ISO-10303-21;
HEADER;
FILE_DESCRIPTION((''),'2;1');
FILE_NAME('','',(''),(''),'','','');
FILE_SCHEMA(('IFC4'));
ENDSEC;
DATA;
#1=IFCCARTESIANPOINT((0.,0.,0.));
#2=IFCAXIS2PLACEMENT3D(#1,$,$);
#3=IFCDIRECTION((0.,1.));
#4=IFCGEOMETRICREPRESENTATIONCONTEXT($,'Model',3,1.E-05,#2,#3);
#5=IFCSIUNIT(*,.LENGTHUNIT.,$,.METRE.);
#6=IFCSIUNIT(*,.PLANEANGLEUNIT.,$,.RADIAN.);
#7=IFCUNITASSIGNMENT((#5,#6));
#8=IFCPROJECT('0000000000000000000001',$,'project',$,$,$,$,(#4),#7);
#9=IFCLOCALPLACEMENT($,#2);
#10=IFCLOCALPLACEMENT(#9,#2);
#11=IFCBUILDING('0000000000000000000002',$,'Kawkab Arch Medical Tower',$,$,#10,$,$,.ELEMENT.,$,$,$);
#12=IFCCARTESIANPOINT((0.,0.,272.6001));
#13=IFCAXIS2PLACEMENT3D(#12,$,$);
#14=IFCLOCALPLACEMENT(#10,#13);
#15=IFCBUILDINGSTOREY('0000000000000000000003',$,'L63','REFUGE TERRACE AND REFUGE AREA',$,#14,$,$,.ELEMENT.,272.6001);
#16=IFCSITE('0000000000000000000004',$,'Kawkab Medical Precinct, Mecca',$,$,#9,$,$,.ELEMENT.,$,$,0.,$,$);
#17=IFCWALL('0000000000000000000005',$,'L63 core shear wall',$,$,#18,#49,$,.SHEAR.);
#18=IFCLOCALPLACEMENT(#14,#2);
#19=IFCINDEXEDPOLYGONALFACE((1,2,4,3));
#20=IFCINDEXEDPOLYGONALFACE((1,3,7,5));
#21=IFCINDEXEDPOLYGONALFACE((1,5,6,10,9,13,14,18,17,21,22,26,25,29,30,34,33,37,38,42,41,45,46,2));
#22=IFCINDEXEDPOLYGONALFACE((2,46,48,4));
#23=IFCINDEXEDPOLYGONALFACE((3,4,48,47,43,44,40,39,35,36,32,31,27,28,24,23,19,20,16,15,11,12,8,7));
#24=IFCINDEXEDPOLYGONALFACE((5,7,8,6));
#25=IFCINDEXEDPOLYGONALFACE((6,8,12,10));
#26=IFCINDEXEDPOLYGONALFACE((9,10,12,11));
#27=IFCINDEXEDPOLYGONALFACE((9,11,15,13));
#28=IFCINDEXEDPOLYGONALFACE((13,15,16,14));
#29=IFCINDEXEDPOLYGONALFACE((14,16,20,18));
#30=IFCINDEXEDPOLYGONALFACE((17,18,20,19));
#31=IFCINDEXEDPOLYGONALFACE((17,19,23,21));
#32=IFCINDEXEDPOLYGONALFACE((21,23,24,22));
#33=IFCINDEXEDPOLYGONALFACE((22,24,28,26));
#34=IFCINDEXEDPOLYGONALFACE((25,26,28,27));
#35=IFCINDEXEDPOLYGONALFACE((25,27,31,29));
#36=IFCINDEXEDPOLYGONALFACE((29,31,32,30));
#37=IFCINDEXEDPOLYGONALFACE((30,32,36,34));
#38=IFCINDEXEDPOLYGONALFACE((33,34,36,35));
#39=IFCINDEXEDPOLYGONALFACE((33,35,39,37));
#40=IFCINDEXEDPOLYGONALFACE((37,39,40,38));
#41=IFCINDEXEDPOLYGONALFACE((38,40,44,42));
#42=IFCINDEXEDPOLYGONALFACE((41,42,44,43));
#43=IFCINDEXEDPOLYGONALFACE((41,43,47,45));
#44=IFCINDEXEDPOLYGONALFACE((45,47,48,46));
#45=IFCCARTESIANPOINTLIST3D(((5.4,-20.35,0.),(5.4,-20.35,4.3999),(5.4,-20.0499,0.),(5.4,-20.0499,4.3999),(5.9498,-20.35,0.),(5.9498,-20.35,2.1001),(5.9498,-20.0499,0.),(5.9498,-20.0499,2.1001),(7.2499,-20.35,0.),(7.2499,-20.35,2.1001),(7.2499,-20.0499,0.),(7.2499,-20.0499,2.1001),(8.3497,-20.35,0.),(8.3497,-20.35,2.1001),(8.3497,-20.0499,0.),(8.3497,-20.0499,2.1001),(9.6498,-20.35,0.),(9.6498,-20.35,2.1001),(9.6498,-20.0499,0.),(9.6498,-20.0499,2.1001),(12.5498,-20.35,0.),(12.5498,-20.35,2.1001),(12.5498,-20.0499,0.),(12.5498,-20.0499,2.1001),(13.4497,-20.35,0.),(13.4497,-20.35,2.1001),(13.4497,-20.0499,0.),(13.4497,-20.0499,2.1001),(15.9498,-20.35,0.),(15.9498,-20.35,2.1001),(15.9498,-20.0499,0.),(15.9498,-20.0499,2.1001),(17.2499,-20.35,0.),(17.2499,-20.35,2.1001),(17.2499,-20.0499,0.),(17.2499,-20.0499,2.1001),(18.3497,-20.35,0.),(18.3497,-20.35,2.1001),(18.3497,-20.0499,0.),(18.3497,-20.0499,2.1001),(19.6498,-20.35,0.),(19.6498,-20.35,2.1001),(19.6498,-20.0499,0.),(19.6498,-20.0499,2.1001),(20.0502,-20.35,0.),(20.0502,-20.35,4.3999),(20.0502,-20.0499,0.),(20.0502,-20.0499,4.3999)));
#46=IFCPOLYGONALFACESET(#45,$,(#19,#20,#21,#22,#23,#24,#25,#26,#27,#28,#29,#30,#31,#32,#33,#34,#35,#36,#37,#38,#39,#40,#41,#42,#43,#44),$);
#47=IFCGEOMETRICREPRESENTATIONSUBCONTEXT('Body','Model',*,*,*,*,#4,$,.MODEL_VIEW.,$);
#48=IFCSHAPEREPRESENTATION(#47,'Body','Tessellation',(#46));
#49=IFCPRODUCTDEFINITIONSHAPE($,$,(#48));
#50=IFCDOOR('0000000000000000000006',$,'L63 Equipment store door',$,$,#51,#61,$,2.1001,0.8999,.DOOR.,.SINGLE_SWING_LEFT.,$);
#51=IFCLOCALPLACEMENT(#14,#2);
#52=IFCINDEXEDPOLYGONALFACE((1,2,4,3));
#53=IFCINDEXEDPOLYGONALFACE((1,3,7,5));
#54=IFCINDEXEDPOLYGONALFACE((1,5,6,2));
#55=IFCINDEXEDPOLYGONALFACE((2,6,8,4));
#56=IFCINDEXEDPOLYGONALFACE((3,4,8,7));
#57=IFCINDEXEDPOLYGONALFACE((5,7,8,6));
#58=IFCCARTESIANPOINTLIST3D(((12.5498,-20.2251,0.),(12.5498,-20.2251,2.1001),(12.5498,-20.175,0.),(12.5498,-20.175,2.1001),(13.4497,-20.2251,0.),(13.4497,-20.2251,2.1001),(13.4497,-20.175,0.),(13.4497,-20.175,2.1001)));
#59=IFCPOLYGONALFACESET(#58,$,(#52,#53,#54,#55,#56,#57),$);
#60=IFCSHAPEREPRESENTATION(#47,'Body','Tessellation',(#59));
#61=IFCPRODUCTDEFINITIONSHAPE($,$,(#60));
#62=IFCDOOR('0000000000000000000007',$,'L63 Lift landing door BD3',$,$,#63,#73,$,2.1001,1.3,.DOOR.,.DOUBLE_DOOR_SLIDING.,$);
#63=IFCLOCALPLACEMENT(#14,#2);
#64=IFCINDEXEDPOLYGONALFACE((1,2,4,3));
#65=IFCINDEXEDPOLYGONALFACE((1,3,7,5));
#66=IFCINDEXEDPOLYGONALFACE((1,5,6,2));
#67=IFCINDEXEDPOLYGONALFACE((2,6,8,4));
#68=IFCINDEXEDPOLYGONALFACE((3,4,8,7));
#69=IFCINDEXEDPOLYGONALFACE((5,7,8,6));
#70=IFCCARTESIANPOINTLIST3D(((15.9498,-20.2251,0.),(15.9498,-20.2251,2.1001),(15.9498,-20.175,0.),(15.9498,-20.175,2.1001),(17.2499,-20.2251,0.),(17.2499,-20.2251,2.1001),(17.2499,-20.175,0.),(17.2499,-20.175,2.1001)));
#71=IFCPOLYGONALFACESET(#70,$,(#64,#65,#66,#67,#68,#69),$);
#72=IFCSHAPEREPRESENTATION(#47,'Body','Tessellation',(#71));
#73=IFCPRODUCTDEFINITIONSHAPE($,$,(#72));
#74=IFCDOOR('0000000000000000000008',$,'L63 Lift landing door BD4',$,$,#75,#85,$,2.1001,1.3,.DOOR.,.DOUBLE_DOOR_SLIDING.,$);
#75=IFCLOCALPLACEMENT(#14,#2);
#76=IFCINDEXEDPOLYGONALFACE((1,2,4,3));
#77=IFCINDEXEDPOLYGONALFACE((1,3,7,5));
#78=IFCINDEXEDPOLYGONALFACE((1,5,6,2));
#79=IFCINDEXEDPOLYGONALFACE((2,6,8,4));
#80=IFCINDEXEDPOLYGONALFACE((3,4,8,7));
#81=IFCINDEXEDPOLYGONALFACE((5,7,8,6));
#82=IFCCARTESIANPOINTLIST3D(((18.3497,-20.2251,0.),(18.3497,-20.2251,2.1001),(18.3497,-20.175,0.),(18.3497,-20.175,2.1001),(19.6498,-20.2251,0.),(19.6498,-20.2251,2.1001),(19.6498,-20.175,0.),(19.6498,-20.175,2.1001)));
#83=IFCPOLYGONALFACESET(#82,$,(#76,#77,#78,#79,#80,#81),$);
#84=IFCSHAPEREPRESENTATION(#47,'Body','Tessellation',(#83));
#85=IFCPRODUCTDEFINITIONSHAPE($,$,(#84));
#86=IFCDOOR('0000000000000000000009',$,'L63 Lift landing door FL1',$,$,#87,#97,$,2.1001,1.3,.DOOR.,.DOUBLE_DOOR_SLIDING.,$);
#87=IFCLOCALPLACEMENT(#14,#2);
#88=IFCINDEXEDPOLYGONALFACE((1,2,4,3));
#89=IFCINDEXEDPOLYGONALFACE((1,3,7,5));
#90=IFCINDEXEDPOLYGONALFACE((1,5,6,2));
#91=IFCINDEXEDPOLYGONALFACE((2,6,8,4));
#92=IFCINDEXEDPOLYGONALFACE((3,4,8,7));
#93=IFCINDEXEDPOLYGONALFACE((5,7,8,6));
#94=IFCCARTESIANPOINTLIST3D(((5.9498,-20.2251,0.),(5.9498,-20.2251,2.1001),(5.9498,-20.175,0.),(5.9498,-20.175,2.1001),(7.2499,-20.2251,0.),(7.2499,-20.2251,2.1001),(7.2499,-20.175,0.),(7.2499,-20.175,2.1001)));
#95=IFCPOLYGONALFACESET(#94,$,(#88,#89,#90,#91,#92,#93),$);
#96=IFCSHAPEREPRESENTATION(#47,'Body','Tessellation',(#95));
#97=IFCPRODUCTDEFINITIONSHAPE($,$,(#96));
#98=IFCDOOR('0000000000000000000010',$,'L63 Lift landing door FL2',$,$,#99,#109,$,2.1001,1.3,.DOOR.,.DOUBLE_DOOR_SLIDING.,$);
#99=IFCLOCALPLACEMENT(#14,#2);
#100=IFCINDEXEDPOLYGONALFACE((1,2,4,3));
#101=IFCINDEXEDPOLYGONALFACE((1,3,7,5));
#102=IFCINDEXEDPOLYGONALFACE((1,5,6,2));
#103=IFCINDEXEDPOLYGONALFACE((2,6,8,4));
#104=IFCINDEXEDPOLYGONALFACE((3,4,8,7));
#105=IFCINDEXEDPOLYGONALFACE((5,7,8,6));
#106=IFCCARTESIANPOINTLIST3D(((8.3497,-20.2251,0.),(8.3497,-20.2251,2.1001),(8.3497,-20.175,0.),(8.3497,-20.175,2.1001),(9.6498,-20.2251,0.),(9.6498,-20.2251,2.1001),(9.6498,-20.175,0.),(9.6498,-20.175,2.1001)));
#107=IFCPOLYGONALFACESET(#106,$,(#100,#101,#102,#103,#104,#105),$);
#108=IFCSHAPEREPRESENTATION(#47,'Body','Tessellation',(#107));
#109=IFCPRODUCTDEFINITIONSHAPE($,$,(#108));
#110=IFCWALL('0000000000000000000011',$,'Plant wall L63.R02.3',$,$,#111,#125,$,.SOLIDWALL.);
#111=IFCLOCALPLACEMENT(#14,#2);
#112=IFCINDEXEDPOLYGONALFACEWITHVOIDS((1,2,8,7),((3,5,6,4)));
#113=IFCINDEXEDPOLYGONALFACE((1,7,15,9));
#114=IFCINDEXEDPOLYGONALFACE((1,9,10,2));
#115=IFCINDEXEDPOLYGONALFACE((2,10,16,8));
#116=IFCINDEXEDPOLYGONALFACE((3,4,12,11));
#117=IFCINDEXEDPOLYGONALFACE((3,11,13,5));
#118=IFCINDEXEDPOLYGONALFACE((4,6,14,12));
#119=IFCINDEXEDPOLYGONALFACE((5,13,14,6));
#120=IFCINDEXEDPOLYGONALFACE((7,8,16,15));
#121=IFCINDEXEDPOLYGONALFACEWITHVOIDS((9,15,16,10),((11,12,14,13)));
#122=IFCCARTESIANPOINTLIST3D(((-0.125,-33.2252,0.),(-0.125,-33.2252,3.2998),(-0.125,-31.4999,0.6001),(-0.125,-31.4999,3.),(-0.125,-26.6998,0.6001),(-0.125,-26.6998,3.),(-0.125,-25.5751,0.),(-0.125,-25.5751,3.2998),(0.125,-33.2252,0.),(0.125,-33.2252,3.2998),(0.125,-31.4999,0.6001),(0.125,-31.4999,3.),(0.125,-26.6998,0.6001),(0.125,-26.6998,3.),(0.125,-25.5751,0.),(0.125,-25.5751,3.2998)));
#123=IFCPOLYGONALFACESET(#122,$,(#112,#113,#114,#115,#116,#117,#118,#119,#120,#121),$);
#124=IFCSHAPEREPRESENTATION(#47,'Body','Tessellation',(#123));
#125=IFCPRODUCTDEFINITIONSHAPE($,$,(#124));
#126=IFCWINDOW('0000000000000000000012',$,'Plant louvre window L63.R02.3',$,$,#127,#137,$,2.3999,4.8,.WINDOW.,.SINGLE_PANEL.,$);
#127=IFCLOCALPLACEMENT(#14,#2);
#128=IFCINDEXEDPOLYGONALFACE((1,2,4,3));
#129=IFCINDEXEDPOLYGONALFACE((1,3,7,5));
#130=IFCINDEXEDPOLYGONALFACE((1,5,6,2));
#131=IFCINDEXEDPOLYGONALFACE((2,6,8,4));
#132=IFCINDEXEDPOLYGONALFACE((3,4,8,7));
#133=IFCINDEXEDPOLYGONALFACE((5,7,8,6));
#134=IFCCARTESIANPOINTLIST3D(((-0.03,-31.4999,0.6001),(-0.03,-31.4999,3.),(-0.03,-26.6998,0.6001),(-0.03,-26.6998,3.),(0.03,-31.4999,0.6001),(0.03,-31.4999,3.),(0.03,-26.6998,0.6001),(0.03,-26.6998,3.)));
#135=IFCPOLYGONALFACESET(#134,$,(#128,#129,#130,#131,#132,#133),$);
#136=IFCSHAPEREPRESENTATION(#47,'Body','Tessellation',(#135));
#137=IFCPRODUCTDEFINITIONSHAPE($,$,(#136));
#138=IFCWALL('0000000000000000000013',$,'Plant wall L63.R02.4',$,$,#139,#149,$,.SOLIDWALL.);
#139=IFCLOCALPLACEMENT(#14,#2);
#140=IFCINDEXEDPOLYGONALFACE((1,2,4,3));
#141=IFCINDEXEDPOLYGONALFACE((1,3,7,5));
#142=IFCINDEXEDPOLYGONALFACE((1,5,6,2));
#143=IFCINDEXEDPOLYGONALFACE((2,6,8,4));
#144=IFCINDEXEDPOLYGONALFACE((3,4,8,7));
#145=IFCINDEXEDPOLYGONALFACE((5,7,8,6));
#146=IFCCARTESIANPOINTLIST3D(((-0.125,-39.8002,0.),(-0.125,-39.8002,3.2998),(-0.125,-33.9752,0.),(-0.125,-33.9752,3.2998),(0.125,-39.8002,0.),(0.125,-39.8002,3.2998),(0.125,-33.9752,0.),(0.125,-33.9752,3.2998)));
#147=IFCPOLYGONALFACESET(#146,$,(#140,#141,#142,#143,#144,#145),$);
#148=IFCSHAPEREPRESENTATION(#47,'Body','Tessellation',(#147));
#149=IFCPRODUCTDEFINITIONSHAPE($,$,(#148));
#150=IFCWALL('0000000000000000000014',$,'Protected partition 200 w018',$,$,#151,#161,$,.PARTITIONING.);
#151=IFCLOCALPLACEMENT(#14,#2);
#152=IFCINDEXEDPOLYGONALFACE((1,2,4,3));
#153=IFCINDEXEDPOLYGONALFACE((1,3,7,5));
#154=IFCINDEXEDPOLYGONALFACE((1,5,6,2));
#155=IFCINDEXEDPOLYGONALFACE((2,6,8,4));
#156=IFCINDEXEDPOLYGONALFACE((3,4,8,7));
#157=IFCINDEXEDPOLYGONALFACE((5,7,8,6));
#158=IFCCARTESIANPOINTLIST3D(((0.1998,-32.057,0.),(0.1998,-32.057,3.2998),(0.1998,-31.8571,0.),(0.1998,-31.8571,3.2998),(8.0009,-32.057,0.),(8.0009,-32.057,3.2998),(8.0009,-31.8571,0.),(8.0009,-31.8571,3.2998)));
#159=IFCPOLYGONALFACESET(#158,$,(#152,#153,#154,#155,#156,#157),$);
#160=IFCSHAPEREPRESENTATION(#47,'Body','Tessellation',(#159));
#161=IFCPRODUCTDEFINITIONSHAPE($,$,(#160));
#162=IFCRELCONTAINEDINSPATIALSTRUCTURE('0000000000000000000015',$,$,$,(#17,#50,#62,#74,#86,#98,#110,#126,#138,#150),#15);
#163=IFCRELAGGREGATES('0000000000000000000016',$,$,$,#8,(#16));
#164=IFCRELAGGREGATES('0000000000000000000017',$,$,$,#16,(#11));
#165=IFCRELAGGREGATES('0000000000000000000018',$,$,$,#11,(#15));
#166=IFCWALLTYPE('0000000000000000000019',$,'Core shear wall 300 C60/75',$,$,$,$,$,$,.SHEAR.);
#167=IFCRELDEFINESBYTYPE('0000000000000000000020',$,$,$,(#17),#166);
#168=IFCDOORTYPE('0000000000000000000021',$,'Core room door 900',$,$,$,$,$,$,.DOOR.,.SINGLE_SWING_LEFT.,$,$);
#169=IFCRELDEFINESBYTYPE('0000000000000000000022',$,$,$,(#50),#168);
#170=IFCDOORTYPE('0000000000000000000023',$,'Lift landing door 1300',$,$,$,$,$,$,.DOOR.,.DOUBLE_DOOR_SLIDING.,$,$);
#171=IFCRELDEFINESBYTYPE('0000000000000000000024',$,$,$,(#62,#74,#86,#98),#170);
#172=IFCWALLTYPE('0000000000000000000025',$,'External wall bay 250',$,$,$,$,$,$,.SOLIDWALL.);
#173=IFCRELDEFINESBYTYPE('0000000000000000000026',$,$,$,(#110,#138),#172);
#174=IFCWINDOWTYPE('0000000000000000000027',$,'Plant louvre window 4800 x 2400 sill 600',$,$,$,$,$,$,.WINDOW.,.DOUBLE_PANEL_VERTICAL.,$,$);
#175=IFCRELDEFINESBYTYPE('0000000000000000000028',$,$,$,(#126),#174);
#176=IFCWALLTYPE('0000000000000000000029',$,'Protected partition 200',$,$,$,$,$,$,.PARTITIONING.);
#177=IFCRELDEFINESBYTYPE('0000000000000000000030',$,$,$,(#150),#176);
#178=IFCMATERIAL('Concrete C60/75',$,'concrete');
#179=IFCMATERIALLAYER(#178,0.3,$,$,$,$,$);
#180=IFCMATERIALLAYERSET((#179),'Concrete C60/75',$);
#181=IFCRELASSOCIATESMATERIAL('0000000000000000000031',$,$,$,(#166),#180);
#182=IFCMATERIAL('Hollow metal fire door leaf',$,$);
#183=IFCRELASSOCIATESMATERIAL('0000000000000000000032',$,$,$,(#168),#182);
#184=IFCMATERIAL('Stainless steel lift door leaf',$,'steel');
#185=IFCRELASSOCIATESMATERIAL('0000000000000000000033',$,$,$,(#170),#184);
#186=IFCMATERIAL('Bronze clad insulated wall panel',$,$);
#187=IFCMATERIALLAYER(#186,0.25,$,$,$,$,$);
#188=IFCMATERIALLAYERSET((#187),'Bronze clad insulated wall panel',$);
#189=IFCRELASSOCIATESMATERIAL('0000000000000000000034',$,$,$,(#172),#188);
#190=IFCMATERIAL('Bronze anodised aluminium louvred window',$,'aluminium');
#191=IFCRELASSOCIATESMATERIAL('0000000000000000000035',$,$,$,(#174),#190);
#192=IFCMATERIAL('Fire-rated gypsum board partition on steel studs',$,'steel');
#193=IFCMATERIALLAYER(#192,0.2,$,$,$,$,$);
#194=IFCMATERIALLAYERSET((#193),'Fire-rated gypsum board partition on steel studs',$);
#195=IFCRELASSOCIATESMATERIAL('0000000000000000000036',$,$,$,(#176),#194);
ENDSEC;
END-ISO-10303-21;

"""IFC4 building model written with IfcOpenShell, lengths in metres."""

from ifc_helpers import new_model, si_unit, direction, frame, frame_2d, origin, place, context, subcontext, project, spatial, rectangle, extrude, material, layer, layer_set, type_object, element, fill, save


model = new_model("IFC4")

# Units and contexts
model_context = context("Model", 3, precision=1e-05, world=origin(), true_north=direction((0.0, 1.0)))
body_context = subcontext(model_context, "Body", "Model", "MODEL_VIEW")
ifc_project = project(units=[si_unit("LENGTHUNIT", "METRE"), si_unit("PLANEANGLEUNIT", "RADIAN")], contexts=[model_context])

# Site, building, storey
site_placement = place(None, origin())
site = spatial("IfcSite", under=ifc_project, at=site_placement, Name="Kawkab Medical Precinct, Mecca", CompositionType="ELEMENT", RefElevation=0.0)
building_placement = place(site_placement, origin())
building = spatial("IfcBuilding", under=site, at=building_placement, Name="Kawkab Arch Medical Tower", CompositionType="ELEMENT")
storey_placement = place(building_placement, frame((0.0, 0.0, 272.6001)))
storey = spatial("IfcBuildingStorey", under=building, at=storey_placement, Name="L63", Description="REFUGE TERRACE AND REFUGE AREA", CompositionType="ELEMENT", Elevation=272.6001)

# Wall, openings, doors
ifc_material_1 = material(Name="Concrete C60/75", Category="concrete")
ifc_layer_1 = layer(ifc_material_1, 0.3)
ifc_layer_set_1 = layer_set([ifc_layer_1], Name="Concrete C60/75")
wall_type_1 = type_object("IfcWallType", Name="Core shear wall 300 C60/75", PredefinedType="SHEAR", material=ifc_layer_set_1)
wall_1_placement = place(storey_placement, frame((5.3999, -20.2, 0.0), z_axis=(0.0, 0.0, 1.0), x_axis=(1.0, 0.0, 0.0)))
wall_1 = element("IfcWall", 1, at=wall_1_placement, inside=storey, type_object=wall_type_1, Name="L63 core shear wall", PredefinedType="SHEAR", context=body_context, shape_type="SweptSolid", body=[
    extrude(rectangle(XDim=14.6501, YDim=0.3, at=frame_2d((7.3252, 0.0))), origin(), (0.0, 0.0, 1.0), 4.3999),
])
opening_1_placement = place(wall_1_placement, frame((10.55, 0.0, 0.0)))
opening_1 = element("IfcOpeningElement", 2, at=opening_1_placement, cuts=wall_1, PredefinedType="OPENING", context=body_context, shape_type="SweptSolid", body=[
    extrude(rectangle(XDim=1.3, YDim=2.1001, at=frame_2d((0.6499, 1.05))), frame((0.0, 0.1599, 0.0), z_axis=(0.0, -1.0, 0.0), x_axis=(1.0, 0.0, 0.0)), (0.0, 0.0, 1.0), 0.3201),
])
opening_2_placement = place(wall_1_placement, frame((12.95, 0.0, 0.0)))
opening_2 = element("IfcOpeningElement", 3, at=opening_2_placement, cuts=wall_1, PredefinedType="OPENING", context=body_context, shape_type="SweptSolid", body=[
    extrude(rectangle(XDim=1.3, YDim=2.1001, at=frame_2d((0.6499, 1.05))), frame((0.0, 0.1599, 0.0), z_axis=(0.0, -1.0, 0.0), x_axis=(1.0, 0.0, 0.0)), (0.0, 0.0, 1.0), 0.3201),
])
opening_3_placement = place(wall_1_placement, frame((0.55, 0.0, 0.0)))
opening_3 = element("IfcOpeningElement", 4, at=opening_3_placement, cuts=wall_1, PredefinedType="OPENING", context=body_context, shape_type="SweptSolid", body=[
    extrude(rectangle(XDim=1.3, YDim=2.1001, at=frame_2d((0.6499, 1.05))), frame((0.0, 0.1599, 0.0), z_axis=(0.0, -1.0, 0.0), x_axis=(1.0, 0.0, 0.0)), (0.0, 0.0, 1.0), 0.3201),
])
opening_4_placement = place(wall_1_placement, frame((2.95, 0.0, 0.0)))
opening_4 = element("IfcOpeningElement", 5, at=opening_4_placement, cuts=wall_1, PredefinedType="OPENING", context=body_context, shape_type="SweptSolid", body=[
    extrude(rectangle(XDim=1.3, YDim=2.1001, at=frame_2d((0.6499, 1.05))), frame((0.0, 0.1599, 0.0), z_axis=(0.0, -1.0, 0.0), x_axis=(1.0, 0.0, 0.0)), (0.0, 0.0, 1.0), 0.3201),
])
opening_5_placement = place(wall_1_placement, frame((7.1499, 0.0, 0.0)))
opening_5 = element("IfcOpeningElement", 6, at=opening_5_placement, cuts=wall_1, PredefinedType="OPENING", context=body_context, shape_type="SweptSolid", body=[
    extrude(rectangle(XDim=0.8999, YDim=2.1001, at=frame_2d((0.45, 1.05))), frame((0.0, 0.1599, 0.0), z_axis=(0.0, -1.0, 0.0), x_axis=(1.0, 0.0, 0.0)), (0.0, 0.0, 1.0), 0.3201),
])
ifc_material_2 = material(Name="Hollow metal fire door leaf")
door_type_1 = type_object("IfcDoorType", Name="Core room door 900", OperationType="SINGLE_SWING_LEFT", PredefinedType="DOOR", material=ifc_material_2)
door_1_placement = place(opening_5_placement, origin())
door_1 = element("IfcDoor", 7, at=door_1_placement, inside=storey, type_object=door_type_1, Name="L63 Equipment store door", OperationType="SINGLE_SWING_LEFT", OverallHeight=2.1001, OverallWidth=0.8999, PredefinedType="DOOR", context=body_context, shape_type="SweptSolid", body=[
    extrude(rectangle(XDim=0.8999, YDim=2.1001, at=frame_2d((0.45, 1.05))), frame((0.0, 0.0249, 0.0), z_axis=(0.0, -1.0, 0.0), x_axis=(1.0, 0.0, 0.0)), (0.0, 0.0, 1.0), 0.05),
])
fill(opening_5, door_1)
ifc_material_3 = material(Name="Stainless steel lift door leaf", Category="steel")
door_type_2 = type_object("IfcDoorType", Name="Lift landing door 1300", OperationType="DOUBLE_DOOR_SLIDING", PredefinedType="DOOR", material=ifc_material_3)
door_2_placement = place(opening_1_placement, origin())
door_2 = element("IfcDoor", 8, at=door_2_placement, inside=storey, type_object=door_type_2, Name="L63 Lift landing door BD3", OperationType="DOUBLE_DOOR_SLIDING", OverallHeight=2.1001, OverallWidth=1.3, PredefinedType="DOOR", context=body_context, shape_type="SweptSolid", body=[
    extrude(rectangle(XDim=1.3, YDim=2.1001, at=frame_2d((0.6499, 1.05))), frame((0.0, 0.0249, 0.0), z_axis=(0.0, -1.0, 0.0), x_axis=(1.0, 0.0, 0.0)), (0.0, 0.0, 1.0), 0.05),
])
fill(opening_1, door_2)
door_3_placement = place(opening_2_placement, origin())
door_3 = element("IfcDoor", 9, at=door_3_placement, inside=storey, type_object=door_type_2, Name="L63 Lift landing door BD4", OperationType="DOUBLE_DOOR_SLIDING", OverallHeight=2.1001, OverallWidth=1.3, PredefinedType="DOOR", context=body_context, shape_type="SweptSolid", body=[
    extrude(rectangle(XDim=1.3, YDim=2.1001, at=frame_2d((0.6499, 1.05))), frame((0.0, 0.0249, 0.0), z_axis=(0.0, -1.0, 0.0), x_axis=(1.0, 0.0, 0.0)), (0.0, 0.0, 1.0), 0.05),
])
fill(opening_2, door_3)
door_4_placement = place(opening_3_placement, origin())
door_4 = element("IfcDoor", 10, at=door_4_placement, inside=storey, type_object=door_type_2, Name="L63 Lift landing door FL1", OperationType="DOUBLE_DOOR_SLIDING", OverallHeight=2.1001, OverallWidth=1.3, PredefinedType="DOOR", context=body_context, shape_type="SweptSolid", body=[
    extrude(rectangle(XDim=1.3, YDim=2.1001, at=frame_2d((0.6499, 1.05))), frame((0.0, 0.0249, 0.0), z_axis=(0.0, -1.0, 0.0), x_axis=(1.0, 0.0, 0.0)), (0.0, 0.0, 1.0), 0.05),
])
fill(opening_3, door_4)
door_5_placement = place(opening_4_placement, origin())
door_5 = element("IfcDoor", 11, at=door_5_placement, inside=storey, type_object=door_type_2, Name="L63 Lift landing door FL2", OperationType="DOUBLE_DOOR_SLIDING", OverallHeight=2.1001, OverallWidth=1.3, PredefinedType="DOOR", context=body_context, shape_type="SweptSolid", body=[
    extrude(rectangle(XDim=1.3, YDim=2.1001, at=frame_2d((0.6499, 1.05))), frame((0.0, 0.0249, 0.0), z_axis=(0.0, -1.0, 0.0), x_axis=(1.0, 0.0, 0.0)), (0.0, 0.0, 1.0), 0.05),
])
fill(opening_4, door_5)

# Wall, opening, window
ifc_material_4 = material(Name="Bronze clad insulated wall panel")
ifc_layer_2 = layer(ifc_material_4, 0.25)
ifc_layer_set_2 = layer_set([ifc_layer_2], Name="Bronze clad insulated wall panel")
wall_type_2 = type_object("IfcWallType", Name="External wall bay 250", PredefinedType="SOLIDWALL", material=ifc_layer_set_2)
wall_2_placement = place(storey_placement, frame((0.0, -25.575, 0.0), z_axis=(0.0, 0.0, 1.0), x_axis=(0.0, -1.0, 0.0)))
wall_2 = element("IfcWall", 12, at=wall_2_placement, inside=storey, type_object=wall_type_2, Name="Plant wall L63.R02.3", PredefinedType="SOLIDWALL", context=body_context, shape_type="SweptSolid", body=[
    extrude(rectangle(XDim=7.6501, YDim=0.25, at=frame_2d((3.8252, 0.0))), origin(), (0.0, 0.0, 1.0), 3.2998),
])
opening_6_placement = place(wall_2_placement, frame((1.125, 0.0, 0.6001)))
opening_6 = element("IfcOpeningElement", 13, at=opening_6_placement, cuts=wall_2, PredefinedType="OPENING", context=body_context, shape_type="SweptSolid", body=[
    extrude(rectangle(XDim=4.8, YDim=2.3999, at=frame_2d((2.3999, 1.2))), frame((0.0, 0.135, 0.0), z_axis=(0.0, -1.0, 0.0), x_axis=(1.0, 0.0, 0.0)), (0.0, 0.0, 1.0), 0.27),
])
ifc_material_5 = material(Name="Bronze anodised aluminium louvred window", Category="aluminium")
window_type = type_object("IfcWindowType", Name="Plant louvre window 4800 x 2400 sill 600", PartitioningType="DOUBLE_PANEL_VERTICAL", PredefinedType="WINDOW", material=ifc_material_5)
window_placement = place(opening_6_placement, origin())
window = element("IfcWindow", 14, at=window_placement, inside=storey, type_object=window_type, Name="Plant louvre window L63.R02.3", OverallHeight=2.3999, OverallWidth=4.8, PartitioningType="SINGLE_PANEL", PredefinedType="WINDOW", context=body_context, shape_type="SweptSolid", body=[
    extrude(rectangle(XDim=4.8, YDim=2.3999, at=frame_2d((2.3999, 1.2))), frame((0.0, 0.03, 0.0), z_axis=(0.0, -1.0, 0.0), x_axis=(1.0, 0.0, 0.0)), (0.0, 0.0, 1.0), 0.0601),
])
fill(opening_6, window)

# Walls
wall_3_placement = place(storey_placement, frame((0.0, -33.9751, 0.0), z_axis=(0.0, 0.0, 1.0), x_axis=(0.0, -1.0, 0.0)))
element("IfcWall", 15, at=wall_3_placement, inside=storey, type_object=wall_type_2, Name="Plant wall L63.R02.4", PredefinedType="SOLIDWALL", context=body_context, shape_type="SweptSolid", body=[
    extrude(rectangle(XDim=5.825, YDim=0.25, at=frame_2d((2.9126, 0.0))), origin(), (0.0, 0.0, 1.0), 3.2998),
])
ifc_material_6 = material(Name="Fire-rated gypsum board partition on steel studs", Category="steel")
ifc_layer_3 = layer(ifc_material_6, 0.2)
ifc_layer_set_3 = layer_set([ifc_layer_3], Name="Fire-rated gypsum board partition on steel studs")
wall_type_3 = type_object("IfcWallType", Name="Protected partition 200", PredefinedType="PARTITIONING", material=ifc_layer_set_3)
wall_4_placement = place(storey_placement, frame((0.2, -31.957, 0.0), z_axis=(0.0, 0.0, 1.0), x_axis=(1.0, 0.0, 0.0)))
element("IfcWall", 16, at=wall_4_placement, inside=storey, type_object=wall_type_3, Name="Protected partition 200 w018", PredefinedType="PARTITIONING", context=body_context, shape_type="SweptSolid", body=[
    extrude(rectangle(XDim=7.801, YDim=0.2, at=frame_2d((3.9004, 0.0))), origin(), (0.0, 0.0, 1.0), 3.2998),
])

save(model, "model.ifc")
